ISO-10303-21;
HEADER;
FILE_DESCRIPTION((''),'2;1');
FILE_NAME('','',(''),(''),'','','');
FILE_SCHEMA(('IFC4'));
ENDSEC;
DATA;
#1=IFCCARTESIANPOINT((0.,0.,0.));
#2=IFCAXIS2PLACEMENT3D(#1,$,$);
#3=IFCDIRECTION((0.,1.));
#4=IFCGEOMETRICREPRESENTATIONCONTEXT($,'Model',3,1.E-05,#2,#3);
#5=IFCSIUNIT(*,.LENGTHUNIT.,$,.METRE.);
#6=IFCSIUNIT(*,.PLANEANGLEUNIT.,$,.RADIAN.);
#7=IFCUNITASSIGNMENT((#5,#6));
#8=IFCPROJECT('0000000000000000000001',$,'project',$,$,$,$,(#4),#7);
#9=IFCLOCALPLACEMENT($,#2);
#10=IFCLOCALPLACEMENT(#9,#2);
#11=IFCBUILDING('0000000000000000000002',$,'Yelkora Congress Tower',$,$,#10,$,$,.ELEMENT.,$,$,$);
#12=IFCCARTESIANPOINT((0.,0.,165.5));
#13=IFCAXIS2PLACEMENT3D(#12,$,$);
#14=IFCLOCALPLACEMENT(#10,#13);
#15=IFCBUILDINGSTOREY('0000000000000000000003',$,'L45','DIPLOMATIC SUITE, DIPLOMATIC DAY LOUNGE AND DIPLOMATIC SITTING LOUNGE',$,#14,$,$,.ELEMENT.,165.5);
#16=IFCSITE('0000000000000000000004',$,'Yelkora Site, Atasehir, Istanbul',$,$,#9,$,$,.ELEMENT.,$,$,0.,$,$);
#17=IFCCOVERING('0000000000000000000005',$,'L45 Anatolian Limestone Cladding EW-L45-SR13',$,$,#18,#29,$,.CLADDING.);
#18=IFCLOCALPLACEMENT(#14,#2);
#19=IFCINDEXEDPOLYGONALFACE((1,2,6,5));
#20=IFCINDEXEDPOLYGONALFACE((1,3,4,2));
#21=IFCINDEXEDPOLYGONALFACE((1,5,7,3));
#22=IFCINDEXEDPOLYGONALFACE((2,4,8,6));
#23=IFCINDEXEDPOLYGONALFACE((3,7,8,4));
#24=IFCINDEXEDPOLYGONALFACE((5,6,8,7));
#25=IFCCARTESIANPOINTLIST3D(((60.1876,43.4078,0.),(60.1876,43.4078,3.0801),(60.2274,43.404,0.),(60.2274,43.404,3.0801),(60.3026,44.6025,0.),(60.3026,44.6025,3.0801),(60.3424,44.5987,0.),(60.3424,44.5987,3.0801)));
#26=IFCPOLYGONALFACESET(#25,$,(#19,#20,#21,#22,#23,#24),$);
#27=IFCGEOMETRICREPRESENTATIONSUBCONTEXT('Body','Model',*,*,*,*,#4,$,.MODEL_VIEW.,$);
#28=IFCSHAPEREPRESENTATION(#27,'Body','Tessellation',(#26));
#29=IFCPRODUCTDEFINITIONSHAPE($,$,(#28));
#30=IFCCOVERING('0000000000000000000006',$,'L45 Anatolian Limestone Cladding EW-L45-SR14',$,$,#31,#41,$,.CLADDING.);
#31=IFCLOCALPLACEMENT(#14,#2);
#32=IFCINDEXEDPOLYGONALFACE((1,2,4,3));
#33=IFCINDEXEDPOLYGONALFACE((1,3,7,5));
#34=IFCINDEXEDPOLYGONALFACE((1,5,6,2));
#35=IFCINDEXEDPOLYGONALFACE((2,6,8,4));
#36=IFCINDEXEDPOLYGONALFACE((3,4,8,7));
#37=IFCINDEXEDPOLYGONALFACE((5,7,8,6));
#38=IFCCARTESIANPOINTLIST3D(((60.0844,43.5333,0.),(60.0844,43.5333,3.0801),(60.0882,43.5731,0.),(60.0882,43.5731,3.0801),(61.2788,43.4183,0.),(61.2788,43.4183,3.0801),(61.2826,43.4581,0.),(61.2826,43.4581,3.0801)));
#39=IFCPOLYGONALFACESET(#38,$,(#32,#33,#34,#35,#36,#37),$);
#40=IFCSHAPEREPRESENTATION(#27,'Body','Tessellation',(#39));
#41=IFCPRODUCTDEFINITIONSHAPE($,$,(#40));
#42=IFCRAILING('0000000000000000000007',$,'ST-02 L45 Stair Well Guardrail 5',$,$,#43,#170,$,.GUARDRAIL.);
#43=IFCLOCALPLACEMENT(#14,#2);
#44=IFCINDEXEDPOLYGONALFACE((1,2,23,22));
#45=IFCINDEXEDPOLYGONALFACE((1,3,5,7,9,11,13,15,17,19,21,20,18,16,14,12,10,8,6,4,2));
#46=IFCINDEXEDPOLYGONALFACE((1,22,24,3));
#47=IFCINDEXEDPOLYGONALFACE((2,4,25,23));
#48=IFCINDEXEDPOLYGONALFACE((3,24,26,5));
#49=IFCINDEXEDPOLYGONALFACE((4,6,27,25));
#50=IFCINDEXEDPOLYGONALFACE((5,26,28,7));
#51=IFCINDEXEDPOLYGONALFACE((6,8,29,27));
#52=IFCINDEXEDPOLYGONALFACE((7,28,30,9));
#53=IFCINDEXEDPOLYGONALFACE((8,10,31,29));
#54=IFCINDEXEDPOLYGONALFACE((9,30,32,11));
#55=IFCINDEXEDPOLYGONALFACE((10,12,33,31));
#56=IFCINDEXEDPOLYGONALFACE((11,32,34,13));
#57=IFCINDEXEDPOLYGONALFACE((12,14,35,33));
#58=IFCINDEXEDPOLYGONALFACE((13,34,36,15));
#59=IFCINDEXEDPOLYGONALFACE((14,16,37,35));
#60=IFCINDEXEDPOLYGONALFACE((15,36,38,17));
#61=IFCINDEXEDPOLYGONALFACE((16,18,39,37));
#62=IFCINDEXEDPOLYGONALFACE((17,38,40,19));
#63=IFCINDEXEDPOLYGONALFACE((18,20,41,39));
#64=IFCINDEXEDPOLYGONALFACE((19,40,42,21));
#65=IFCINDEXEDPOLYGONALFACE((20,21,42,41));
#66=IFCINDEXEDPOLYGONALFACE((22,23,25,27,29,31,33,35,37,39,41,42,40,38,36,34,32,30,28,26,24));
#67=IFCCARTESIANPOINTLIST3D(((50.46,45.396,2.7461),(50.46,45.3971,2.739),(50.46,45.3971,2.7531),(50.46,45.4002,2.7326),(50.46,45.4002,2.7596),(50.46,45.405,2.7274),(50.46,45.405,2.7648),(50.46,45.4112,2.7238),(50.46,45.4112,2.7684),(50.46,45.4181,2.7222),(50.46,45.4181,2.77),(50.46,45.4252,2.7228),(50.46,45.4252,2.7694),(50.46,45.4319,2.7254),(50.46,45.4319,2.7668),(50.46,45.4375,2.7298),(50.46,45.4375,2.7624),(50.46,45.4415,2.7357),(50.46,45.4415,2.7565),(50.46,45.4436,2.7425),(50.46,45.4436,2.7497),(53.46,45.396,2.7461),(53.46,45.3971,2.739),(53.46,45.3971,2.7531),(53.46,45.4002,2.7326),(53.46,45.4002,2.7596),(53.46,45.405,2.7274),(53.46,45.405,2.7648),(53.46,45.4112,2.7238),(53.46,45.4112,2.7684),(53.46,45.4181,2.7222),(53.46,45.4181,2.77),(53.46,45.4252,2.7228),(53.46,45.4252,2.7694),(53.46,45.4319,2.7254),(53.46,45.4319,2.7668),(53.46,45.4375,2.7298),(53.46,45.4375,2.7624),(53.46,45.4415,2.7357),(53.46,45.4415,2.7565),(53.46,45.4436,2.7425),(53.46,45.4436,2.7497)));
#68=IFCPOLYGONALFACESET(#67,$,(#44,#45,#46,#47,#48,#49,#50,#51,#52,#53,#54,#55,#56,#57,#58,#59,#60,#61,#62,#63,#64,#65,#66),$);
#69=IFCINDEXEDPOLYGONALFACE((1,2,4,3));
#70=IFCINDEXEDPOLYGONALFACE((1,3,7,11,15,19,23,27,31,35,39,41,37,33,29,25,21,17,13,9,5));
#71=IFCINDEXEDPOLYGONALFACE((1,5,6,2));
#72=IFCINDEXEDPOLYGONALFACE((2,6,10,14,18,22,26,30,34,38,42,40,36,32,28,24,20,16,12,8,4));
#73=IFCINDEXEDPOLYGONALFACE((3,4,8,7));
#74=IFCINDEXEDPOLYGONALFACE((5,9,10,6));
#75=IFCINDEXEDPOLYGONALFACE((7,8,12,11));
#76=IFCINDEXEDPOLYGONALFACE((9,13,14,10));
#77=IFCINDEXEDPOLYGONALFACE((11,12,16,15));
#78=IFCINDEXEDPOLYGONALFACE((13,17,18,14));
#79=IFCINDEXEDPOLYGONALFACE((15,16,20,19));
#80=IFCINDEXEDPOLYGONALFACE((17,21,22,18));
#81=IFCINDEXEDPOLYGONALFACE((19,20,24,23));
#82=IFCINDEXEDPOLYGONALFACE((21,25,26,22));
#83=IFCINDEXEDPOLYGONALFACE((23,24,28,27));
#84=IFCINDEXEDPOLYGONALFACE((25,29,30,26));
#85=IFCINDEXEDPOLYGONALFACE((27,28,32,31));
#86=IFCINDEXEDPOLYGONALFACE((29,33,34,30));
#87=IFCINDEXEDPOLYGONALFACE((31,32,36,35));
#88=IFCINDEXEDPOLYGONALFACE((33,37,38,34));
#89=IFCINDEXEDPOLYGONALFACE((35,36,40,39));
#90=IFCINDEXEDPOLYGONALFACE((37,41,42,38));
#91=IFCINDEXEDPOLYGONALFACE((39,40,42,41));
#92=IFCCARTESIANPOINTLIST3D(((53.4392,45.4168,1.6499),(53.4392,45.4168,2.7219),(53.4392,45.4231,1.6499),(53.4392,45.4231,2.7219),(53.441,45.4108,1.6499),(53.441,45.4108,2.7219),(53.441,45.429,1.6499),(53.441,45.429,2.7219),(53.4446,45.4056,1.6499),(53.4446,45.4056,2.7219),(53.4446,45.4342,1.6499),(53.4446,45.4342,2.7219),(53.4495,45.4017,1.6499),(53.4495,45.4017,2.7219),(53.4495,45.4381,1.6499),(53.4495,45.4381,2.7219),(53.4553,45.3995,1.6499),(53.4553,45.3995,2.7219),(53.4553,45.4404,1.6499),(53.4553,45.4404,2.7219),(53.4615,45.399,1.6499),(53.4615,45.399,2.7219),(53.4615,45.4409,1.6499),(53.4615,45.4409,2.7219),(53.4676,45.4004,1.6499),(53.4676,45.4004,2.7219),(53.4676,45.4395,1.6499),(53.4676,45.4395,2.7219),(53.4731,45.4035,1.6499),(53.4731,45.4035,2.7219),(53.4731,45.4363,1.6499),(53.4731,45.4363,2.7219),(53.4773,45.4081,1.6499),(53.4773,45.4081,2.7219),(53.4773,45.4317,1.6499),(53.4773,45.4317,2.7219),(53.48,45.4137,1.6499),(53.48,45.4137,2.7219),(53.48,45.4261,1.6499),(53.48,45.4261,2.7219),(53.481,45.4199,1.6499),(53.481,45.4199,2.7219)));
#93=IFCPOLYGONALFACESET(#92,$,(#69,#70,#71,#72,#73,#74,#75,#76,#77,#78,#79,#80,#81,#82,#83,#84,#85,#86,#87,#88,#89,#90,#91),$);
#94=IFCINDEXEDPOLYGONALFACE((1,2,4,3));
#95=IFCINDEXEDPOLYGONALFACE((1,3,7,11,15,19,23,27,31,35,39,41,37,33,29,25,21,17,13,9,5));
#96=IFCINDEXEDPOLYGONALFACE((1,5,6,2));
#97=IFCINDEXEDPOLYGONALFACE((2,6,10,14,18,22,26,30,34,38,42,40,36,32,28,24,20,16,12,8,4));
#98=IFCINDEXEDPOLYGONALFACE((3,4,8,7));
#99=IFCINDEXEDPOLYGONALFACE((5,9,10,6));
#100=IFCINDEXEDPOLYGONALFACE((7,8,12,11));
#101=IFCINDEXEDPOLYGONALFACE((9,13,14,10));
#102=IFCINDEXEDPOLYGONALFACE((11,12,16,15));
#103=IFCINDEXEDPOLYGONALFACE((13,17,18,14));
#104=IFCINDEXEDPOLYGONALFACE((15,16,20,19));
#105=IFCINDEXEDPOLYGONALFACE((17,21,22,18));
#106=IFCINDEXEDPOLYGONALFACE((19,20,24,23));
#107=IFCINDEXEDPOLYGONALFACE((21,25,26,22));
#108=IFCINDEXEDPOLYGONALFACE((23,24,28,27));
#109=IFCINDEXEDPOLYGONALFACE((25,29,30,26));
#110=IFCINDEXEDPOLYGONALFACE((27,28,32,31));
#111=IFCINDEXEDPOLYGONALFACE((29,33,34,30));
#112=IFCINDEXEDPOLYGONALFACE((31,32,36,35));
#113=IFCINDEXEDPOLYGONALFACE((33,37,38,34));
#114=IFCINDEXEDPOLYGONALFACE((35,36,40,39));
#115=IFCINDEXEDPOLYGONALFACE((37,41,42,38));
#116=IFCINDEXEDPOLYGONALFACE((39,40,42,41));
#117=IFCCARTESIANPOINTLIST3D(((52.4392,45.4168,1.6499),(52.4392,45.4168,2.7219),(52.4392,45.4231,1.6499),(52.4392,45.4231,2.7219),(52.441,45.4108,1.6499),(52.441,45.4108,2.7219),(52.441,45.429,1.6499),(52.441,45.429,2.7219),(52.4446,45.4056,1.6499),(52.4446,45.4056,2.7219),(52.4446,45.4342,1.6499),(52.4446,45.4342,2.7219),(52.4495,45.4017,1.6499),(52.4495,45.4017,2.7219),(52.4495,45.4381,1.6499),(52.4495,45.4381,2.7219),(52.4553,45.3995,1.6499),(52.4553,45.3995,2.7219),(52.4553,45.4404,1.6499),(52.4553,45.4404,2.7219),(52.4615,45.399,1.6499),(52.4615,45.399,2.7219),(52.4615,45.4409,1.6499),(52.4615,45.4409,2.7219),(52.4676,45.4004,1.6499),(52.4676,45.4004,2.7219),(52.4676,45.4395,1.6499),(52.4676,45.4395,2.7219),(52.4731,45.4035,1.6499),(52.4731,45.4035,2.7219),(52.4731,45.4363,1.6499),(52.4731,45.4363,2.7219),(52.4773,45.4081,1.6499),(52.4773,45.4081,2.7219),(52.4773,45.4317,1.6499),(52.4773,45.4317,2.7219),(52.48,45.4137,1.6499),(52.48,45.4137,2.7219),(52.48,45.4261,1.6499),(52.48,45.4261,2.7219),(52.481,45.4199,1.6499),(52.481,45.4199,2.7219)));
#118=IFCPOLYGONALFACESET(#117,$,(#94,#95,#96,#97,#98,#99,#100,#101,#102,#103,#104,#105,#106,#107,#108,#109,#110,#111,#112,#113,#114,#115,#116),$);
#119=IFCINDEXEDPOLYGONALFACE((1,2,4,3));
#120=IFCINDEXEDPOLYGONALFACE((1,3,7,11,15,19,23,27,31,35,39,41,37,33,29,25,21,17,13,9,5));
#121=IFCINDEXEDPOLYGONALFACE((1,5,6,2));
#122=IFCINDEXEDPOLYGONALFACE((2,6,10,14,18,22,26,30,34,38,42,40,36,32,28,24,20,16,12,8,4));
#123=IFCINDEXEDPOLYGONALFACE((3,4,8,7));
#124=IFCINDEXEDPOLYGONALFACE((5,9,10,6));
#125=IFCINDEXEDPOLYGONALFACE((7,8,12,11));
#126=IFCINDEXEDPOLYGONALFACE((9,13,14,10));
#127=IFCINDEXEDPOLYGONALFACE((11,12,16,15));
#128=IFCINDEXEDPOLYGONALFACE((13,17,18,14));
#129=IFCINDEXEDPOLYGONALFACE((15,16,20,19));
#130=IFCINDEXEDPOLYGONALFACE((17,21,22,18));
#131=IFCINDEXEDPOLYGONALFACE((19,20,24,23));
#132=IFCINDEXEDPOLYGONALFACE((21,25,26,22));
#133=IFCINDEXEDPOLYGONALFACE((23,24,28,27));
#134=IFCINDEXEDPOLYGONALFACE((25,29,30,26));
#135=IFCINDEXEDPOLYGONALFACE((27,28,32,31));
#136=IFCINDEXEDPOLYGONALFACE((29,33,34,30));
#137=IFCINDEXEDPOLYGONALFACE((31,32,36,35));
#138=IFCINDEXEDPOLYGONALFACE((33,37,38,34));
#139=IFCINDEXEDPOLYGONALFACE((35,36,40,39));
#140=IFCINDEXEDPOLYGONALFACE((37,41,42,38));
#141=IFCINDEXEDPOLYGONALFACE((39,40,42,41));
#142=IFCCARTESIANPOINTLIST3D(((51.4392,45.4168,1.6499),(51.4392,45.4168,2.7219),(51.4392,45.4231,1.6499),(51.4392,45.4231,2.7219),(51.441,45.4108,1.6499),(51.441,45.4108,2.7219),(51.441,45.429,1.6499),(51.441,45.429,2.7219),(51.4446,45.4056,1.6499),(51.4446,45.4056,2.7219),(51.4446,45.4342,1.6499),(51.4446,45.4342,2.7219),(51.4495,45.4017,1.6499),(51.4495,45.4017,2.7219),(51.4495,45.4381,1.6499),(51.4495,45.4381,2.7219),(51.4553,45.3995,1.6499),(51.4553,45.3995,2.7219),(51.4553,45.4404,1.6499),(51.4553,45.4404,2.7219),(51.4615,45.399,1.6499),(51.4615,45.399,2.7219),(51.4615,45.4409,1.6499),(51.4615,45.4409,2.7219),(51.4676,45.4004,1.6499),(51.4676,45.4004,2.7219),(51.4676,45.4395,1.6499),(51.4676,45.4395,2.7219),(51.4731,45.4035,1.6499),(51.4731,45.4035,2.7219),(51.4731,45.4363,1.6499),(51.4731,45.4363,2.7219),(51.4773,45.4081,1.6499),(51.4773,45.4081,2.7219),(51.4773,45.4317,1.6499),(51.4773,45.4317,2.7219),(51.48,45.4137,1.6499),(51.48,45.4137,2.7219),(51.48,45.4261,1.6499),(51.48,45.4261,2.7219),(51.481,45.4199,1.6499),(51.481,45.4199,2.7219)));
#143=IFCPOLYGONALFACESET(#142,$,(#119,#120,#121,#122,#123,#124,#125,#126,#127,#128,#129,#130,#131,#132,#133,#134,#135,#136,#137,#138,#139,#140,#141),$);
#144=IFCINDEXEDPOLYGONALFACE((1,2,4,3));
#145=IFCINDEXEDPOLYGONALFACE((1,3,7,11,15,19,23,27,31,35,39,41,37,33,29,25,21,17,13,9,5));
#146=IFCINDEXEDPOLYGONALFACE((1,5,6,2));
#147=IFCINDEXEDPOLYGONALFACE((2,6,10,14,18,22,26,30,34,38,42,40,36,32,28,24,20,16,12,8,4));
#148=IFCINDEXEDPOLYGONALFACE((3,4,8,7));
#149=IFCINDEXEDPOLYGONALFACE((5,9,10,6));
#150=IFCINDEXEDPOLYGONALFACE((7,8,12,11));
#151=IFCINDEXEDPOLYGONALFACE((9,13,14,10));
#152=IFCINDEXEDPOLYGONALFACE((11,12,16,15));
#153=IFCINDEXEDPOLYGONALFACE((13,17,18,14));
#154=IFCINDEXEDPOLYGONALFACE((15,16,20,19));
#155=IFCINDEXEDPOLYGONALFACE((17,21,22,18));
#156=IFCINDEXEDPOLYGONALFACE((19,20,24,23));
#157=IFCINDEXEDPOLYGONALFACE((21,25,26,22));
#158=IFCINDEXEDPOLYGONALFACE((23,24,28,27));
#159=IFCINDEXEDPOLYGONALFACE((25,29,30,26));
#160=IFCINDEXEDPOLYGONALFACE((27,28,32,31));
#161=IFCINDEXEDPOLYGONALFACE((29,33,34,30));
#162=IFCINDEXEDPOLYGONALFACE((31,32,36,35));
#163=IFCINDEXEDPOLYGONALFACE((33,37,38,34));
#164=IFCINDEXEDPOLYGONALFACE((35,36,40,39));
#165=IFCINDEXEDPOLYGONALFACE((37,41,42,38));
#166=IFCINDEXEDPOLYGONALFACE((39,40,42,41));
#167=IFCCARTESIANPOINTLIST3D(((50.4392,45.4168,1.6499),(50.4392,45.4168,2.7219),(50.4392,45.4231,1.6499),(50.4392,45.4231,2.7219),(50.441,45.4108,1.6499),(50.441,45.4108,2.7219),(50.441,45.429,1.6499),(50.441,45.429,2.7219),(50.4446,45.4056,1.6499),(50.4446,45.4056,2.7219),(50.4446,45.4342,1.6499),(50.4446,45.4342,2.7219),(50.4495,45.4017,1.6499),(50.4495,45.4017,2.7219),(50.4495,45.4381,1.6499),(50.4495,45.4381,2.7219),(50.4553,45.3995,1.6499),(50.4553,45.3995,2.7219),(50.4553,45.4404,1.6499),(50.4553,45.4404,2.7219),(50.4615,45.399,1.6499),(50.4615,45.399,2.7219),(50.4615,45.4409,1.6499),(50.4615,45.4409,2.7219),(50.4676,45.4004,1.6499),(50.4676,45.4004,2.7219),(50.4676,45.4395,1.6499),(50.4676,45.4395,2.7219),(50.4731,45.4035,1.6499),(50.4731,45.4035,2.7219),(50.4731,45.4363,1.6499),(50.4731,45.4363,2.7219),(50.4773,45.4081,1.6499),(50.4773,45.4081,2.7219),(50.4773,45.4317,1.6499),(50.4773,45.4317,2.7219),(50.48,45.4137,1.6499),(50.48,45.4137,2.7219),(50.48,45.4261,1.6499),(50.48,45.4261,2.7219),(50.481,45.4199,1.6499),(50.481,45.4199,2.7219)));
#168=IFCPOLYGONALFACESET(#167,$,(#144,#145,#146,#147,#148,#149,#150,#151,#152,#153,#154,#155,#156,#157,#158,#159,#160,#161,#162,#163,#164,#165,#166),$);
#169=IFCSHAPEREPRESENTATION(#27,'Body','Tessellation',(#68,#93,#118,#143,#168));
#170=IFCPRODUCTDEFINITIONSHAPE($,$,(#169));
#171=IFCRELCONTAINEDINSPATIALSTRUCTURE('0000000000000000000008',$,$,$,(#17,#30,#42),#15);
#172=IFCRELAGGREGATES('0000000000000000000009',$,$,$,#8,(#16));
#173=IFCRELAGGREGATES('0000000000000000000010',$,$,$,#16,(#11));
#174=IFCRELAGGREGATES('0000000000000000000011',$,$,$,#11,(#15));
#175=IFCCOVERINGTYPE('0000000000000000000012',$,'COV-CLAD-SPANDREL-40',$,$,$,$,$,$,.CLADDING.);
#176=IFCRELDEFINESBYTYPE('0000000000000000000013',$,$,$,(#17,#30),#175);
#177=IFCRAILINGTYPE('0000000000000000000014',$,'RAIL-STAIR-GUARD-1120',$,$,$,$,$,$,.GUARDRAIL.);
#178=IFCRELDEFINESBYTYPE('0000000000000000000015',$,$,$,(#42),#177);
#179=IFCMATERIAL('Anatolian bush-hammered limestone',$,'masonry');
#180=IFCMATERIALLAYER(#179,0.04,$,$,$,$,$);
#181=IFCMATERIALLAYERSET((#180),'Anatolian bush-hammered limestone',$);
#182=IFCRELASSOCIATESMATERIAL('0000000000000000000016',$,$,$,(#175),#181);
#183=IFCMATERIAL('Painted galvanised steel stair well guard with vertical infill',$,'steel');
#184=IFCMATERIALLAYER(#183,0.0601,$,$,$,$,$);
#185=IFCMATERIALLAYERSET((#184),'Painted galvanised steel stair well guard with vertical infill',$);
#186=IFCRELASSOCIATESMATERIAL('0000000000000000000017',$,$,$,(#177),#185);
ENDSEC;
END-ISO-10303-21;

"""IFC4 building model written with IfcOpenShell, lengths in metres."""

from ifc_helpers import new_model, si_unit, direction, frame, frame_2d, origin, origin_2d, place, context, subcontext, project, spatial, rectangle, circle, extrude, material, layer, layer_set, type_object, element, save


model = new_model("IFC4")

# Units and contexts
model_context = context("Model", 3, precision=1e-05, world=origin(), true_north=direction((0.0, 1.0)))
body_context = subcontext(model_context, "Body", "Model", "MODEL_VIEW")
ifc_project = project(units=[si_unit("LENGTHUNIT", "METRE"), si_unit("PLANEANGLEUNIT", "RADIAN")], contexts=[model_context])

# Site, building, storey
site_placement = place(None, origin())
site = spatial("IfcSite", under=ifc_project, at=site_placement, Name="Yelkora Site, Atasehir, Istanbul", CompositionType="ELEMENT", RefElevation=0.0)
building_placement = place(site_placement, origin())
building = spatial("IfcBuilding", under=site, at=building_placement, Name="Yelkora Congress Tower", CompositionType="ELEMENT")
storey_placement = place(building_placement, frame((0.0, 0.0, 165.5)))
storey = spatial("IfcBuildingStorey", under=building, at=storey_placement, Name="L45", Description="DIPLOMATIC SUITE, DIPLOMATIC DAY LOUNGE AND DIPLOMATIC SITTING LOUNGE", CompositionType="ELEMENT", Elevation=165.5)

# Coverings
ifc_material_1 = material(Name="Anatolian bush-hammered limestone", Category="masonry")
ifc_layer_1 = layer(ifc_material_1, 0.04)
ifc_layer_set_1 = layer_set([ifc_layer_1], Name="Anatolian bush-hammered limestone")
covering_type = type_object("IfcCoveringType", Name="COV-CLAD-SPANDREL-40", PredefinedType="CLADDING", material=ifc_layer_set_1)
for number, where, z_axis, x_axis, name in (
    (1, (60.3225, 44.6006, 0.0), (0.0, 0.0, 1.0), (-0.095817, -0.995399, 0.0), "L45 Anatolian Limestone Cladding EW-L45-SR13"),
):
    element("IfcCovering", number, at=place(storey_placement, frame(where, z_axis=z_axis, x_axis=x_axis)), inside=storey, type_object=covering_type, Name=name, PredefinedType="CLADDING", context=body_context, shape_type="SweptSolid", body=[
        extrude(rectangle(XDim=1.2002, YDim=0.04, at=frame_2d((0.6001, 0.0))), origin(), (0.0, 0.0, 1.0), 3.0801),
    ])
covering_1_placement = place(storey_placement, frame((60.0862, 43.5532, 0.0), z_axis=(0.0, 0.0, 1.0), x_axis=(0.995397, -0.095836, 0.0)))
element("IfcCovering", 2, at=covering_1_placement, inside=storey, type_object=covering_type, Name="L45 Anatolian Limestone Cladding EW-L45-SR14", PredefinedType="CLADDING", context=body_context, shape_type="SweptSolid", body=[
    extrude(rectangle(XDim=1.2, YDim=0.04, at=frame_2d((0.6001, 0.0))), origin(), (0.0, 0.0, 1.0), 3.0801),
])

# Railing
ifc_material_2 = material(Name="Painted galvanised steel stair well guard with vertical infill", Category="steel")
ifc_layer_2 = layer(ifc_material_2, 0.0601)
ifc_layer_set_2 = layer_set([ifc_layer_2], Name="Painted galvanised steel stair well guard with vertical infill")
railing_type = type_object("IfcRailingType", Name="RAIL-STAIR-GUARD-1120", PredefinedType="GUARDRAIL", material=ifc_layer_set_2)
railing_1_placement = place(storey_placement, frame((53.46, 45.4199, 1.6499)))
element("IfcRailing", 3, at=railing_1_placement, inside=storey, type_object=railing_type, Name="ST-02 L45 Stair Well Guardrail 5", PredefinedType="GUARDRAIL", context=body_context, shape_type="SweptSolid", body=[
    extrude(circle(Radius=0.0239, at=origin_2d()), frame((0.0, 0.0, 1.0962), z_axis=(-1.0, 0.0, 0.0), x_axis=(0.0, -1.0, 0.0)), (0.0, 0.0, 1.0), 3.0),
    extrude(circle(Radius=0.021, at=origin_2d()), origin(), (0.0, 0.0, 1.0), 1.072),
    extrude(circle(Radius=0.021, at=origin_2d()), frame((-1.0, 0.0, 0.0)), (0.0, 0.0, 1.0), 1.072),
    extrude(circle(Radius=0.021, at=origin_2d()), frame((-2.0, 0.0, 0.0)), (0.0, 0.0, 1.0), 1.072),
    extrude(circle(Radius=0.021, at=origin_2d()), frame((-3.0, 0.0, 0.0)), (0.0, 0.0, 1.0), 1.072),
])

save(model, "model.ifc")
